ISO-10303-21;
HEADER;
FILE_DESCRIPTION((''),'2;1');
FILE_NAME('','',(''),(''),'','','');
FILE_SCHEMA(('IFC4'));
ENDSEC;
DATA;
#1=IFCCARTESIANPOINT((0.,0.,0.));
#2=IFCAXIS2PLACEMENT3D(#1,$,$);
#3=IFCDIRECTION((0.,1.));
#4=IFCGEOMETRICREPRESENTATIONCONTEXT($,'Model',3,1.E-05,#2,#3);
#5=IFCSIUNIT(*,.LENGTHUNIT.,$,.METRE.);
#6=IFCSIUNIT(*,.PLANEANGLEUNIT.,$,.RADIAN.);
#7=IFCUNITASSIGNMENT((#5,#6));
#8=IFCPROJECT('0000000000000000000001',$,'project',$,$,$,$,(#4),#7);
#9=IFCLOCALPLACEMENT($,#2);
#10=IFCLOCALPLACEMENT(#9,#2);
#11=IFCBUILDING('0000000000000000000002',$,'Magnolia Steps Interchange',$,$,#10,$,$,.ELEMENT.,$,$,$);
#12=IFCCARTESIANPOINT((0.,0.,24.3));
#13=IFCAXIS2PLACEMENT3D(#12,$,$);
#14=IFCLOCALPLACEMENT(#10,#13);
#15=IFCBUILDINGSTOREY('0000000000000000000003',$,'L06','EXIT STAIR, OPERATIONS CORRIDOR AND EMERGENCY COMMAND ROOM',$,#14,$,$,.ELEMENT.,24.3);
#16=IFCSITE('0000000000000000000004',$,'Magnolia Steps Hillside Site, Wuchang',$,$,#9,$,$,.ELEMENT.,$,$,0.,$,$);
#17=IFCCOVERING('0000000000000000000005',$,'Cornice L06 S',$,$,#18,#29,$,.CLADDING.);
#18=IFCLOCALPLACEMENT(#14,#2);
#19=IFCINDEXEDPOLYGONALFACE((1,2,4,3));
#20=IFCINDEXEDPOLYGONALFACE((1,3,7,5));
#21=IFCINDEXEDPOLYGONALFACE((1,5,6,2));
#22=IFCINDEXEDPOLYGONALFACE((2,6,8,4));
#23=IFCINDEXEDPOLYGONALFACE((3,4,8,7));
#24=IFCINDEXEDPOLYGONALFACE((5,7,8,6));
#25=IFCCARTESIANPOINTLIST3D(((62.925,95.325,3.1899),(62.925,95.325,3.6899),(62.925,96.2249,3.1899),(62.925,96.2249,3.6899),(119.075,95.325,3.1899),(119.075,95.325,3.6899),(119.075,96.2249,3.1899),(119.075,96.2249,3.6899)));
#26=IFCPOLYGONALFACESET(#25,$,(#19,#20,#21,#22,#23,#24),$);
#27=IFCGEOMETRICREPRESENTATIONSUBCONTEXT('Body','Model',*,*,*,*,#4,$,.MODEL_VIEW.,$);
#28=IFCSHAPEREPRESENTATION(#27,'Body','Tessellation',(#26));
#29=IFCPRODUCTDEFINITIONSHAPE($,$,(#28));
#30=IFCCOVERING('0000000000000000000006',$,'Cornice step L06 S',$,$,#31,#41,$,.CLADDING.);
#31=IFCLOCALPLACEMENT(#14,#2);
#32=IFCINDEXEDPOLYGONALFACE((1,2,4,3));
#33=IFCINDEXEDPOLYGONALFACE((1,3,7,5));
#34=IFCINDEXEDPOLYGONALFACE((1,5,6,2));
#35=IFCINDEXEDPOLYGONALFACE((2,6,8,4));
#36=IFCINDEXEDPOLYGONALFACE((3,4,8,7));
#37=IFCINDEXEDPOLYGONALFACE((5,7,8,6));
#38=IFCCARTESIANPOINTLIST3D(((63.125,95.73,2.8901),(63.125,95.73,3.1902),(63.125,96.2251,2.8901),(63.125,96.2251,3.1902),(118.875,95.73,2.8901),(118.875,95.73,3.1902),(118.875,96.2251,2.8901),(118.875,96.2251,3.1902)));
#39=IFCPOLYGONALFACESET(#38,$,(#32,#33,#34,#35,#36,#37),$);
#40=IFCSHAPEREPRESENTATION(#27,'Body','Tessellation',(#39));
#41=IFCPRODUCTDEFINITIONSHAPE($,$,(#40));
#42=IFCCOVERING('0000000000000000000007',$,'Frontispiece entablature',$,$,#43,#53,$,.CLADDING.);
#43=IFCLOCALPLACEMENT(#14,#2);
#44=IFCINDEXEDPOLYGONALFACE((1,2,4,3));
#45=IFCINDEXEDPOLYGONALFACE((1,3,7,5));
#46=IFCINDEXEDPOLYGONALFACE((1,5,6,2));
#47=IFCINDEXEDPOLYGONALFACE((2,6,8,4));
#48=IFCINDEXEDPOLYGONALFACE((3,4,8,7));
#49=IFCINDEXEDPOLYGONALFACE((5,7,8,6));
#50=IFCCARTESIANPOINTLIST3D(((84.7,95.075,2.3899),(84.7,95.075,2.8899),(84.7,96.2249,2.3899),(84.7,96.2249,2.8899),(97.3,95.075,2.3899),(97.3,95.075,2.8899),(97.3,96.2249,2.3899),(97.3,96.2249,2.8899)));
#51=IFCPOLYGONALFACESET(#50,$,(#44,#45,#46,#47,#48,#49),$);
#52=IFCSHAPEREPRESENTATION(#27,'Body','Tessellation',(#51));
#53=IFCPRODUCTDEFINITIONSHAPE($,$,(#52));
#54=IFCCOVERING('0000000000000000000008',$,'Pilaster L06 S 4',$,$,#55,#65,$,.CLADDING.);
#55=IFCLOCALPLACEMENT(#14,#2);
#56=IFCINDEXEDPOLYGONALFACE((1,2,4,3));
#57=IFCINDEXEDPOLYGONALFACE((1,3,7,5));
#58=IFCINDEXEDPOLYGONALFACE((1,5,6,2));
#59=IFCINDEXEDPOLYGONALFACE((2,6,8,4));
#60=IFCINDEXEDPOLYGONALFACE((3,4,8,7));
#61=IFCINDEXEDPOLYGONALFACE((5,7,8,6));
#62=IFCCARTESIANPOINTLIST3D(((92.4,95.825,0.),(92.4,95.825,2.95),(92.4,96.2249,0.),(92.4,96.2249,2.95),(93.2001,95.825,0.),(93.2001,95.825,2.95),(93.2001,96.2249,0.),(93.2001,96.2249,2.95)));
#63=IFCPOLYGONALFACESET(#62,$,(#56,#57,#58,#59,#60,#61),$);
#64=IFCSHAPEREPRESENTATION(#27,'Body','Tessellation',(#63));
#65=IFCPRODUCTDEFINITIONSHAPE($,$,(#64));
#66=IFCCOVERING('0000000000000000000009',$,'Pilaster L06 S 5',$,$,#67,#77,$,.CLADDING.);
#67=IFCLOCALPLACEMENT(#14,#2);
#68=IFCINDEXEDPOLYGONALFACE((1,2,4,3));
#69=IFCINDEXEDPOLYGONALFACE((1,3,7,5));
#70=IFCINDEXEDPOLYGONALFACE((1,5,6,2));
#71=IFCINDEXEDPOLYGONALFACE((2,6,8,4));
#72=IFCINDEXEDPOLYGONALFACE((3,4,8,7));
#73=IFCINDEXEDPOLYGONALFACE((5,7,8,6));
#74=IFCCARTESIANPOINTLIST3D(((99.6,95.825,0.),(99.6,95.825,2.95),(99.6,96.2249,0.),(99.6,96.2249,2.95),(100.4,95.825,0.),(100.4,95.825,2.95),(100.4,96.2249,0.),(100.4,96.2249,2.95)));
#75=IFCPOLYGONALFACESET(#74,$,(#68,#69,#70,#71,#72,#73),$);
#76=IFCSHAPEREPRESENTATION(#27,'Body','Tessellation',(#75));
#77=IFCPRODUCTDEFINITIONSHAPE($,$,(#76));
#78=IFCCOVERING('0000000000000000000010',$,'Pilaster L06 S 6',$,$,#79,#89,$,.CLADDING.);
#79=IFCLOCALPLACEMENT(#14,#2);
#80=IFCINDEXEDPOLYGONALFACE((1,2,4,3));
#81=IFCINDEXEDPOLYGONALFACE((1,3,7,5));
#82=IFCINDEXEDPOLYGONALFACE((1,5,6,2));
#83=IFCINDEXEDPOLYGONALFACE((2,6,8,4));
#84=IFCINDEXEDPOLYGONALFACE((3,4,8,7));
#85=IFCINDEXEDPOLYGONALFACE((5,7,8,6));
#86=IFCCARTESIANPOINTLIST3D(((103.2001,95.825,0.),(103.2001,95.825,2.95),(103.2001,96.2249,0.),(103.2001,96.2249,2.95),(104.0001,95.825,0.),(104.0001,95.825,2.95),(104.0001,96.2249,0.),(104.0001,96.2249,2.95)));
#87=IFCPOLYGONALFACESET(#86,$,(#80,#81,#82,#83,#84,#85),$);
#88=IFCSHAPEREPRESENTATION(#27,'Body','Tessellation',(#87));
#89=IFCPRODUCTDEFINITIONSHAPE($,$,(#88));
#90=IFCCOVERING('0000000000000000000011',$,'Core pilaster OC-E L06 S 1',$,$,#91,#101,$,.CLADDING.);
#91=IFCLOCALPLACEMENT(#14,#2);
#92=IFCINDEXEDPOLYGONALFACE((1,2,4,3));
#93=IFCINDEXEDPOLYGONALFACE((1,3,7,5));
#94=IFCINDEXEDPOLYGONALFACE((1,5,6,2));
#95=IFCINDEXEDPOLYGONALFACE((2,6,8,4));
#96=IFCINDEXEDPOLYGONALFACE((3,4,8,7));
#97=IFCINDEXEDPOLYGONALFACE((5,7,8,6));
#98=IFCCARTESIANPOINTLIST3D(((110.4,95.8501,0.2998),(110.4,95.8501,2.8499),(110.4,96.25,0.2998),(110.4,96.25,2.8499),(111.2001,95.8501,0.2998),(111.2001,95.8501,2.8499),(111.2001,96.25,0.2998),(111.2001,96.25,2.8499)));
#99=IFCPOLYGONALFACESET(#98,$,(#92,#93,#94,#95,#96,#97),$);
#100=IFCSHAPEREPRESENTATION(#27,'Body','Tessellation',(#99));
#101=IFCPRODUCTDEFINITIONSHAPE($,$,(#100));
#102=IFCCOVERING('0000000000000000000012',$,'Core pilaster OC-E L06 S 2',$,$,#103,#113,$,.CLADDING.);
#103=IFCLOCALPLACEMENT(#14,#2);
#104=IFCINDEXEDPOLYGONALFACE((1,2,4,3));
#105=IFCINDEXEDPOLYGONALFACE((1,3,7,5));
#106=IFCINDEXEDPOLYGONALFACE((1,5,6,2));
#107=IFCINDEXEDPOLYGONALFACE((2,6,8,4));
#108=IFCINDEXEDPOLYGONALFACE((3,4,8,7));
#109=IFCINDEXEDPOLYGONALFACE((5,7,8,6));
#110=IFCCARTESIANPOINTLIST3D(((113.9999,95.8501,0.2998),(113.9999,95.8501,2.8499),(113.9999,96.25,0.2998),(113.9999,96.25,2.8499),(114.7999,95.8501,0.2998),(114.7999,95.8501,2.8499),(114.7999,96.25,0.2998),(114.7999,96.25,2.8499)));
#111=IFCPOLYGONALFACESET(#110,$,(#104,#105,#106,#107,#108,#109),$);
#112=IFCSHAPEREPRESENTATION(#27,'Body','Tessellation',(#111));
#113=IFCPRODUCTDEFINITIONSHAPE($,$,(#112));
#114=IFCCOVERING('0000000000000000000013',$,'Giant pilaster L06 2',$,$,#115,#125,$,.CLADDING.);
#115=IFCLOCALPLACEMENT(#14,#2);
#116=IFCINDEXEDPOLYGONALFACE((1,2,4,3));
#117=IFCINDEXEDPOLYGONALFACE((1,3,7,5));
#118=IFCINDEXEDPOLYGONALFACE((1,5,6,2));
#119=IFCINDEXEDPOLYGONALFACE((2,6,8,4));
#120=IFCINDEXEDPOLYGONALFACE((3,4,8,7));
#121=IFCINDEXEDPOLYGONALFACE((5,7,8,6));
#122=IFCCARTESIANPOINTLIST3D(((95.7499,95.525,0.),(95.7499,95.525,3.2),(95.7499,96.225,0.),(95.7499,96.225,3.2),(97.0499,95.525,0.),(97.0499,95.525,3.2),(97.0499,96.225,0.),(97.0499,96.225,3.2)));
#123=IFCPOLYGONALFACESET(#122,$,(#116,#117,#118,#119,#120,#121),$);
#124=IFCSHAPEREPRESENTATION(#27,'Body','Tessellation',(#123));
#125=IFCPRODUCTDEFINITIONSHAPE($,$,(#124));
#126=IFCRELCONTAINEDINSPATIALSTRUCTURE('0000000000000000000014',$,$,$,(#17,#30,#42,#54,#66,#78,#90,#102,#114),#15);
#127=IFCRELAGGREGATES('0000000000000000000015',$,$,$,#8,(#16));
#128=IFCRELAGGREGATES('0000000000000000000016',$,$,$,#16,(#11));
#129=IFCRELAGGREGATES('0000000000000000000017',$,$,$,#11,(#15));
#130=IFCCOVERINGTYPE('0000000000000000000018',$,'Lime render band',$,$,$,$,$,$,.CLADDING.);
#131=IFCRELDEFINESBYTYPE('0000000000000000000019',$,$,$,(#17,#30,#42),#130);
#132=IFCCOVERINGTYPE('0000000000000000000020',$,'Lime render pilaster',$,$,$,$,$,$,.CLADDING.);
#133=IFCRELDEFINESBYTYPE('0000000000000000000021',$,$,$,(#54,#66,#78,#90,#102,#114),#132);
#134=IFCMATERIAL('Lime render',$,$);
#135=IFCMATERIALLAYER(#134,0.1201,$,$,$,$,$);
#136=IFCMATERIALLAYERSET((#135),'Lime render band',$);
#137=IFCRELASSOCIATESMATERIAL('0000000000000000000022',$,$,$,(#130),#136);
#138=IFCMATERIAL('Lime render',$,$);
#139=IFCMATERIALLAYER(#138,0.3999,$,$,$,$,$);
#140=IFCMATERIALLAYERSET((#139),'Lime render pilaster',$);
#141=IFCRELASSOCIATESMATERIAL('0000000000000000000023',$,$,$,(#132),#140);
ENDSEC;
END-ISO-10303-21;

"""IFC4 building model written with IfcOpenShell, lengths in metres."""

from ifc_helpers import new_model, si_unit, direction, frame, origin, origin_2d, place, context, subcontext, project, spatial, rectangle, extrude, material, layer, layer_set, type_object, element, save


model = new_model("IFC4")

# Units and contexts
model_context = context("Model", 3, precision=1e-05, world=origin(), true_north=direction((0.0, 1.0)))
body_context = subcontext(model_context, "Body", "Model", "MODEL_VIEW")
ifc_project = project(units=[si_unit("LENGTHUNIT", "METRE"), si_unit("PLANEANGLEUNIT", "RADIAN")], contexts=[model_context])

# Site, building, storey
site_placement = place(None, origin())
site = spatial("IfcSite", under=ifc_project, at=site_placement, Name="Magnolia Steps Hillside Site, Wuchang", CompositionType="ELEMENT", RefElevation=0.0)
building_placement = place(site_placement, origin())
building = spatial("IfcBuilding", under=site, at=building_placement, Name="Magnolia Steps Interchange", CompositionType="ELEMENT")
storey_placement = place(building_placement, frame((0.0, 0.0, 24.3)))
storey = spatial("IfcBuildingStorey", under=building, at=storey_placement, Name="L06", Description="EXIT STAIR, OPERATIONS CORRIDOR AND EMERGENCY COMMAND ROOM", CompositionType="ELEMENT", Elevation=24.3)

# Coverings
ifc_material_1 = material(Name="Lime render")
ifc_layer_1 = layer(ifc_material_1, 0.1201)
ifc_layer_set_1 = layer_set([ifc_layer_1], Name="Lime render band")
covering_type_1 = type_object("IfcCoveringType", Name="Lime render band", PredefinedType="CLADDING", material=ifc_layer_set_1)
covering_1_placement = place(storey_placement, frame((91.0, 95.7749, 3.1899), z_axis=(0.0, 0.0, 1.0), x_axis=(1.0, 0.0, 0.0)))
element("IfcCovering", 1, at=covering_1_placement, inside=storey, type_object=covering_type_1, Name="Cornice L06 S", PredefinedType="CLADDING", context=body_context, shape_type="SweptSolid", body=[
    extrude(rectangle(XDim=56.1499, YDim=0.8999, at=origin_2d()), origin(), (0.0, 0.0, 1.0), 0.5),
])
covering_2_placement = place(storey_placement, frame((91.0, 95.9775, 2.8901), z_axis=(0.0, 0.0, 1.0), x_axis=(1.0, 0.0, 0.0)))
element("IfcCovering", 2, at=covering_2_placement, inside=storey, type_object=covering_type_1, Name="Cornice step L06 S", PredefinedType="CLADDING", context=body_context, shape_type="SweptSolid", body=[
    extrude(rectangle(XDim=55.75, YDim=0.4951, at=origin_2d()), origin(), (0.0, 0.0, 1.0), 0.3),
])
covering_3_placement = place(storey_placement, frame((91.0, 95.6499, 2.3899), z_axis=(0.0, 0.0, 1.0), x_axis=(1.0, 0.0, 0.0)))
element("IfcCovering", 3, at=covering_3_placement, inside=storey, type_object=covering_type_1, Name="Frontispiece entablature", PredefinedType="CLADDING", context=body_context, shape_type="SweptSolid", body=[
    extrude(rectangle(XDim=12.6001, YDim=1.1499, at=origin_2d()), origin(), (0.0, 0.0, 1.0), 0.5),
])
ifc_material_2 = material(Name="Lime render")
ifc_layer_2 = layer(ifc_material_2, 0.3999)
ifc_layer_set_2 = layer_set([ifc_layer_2], Name="Lime render pilaster")
covering_type_2 = type_object("IfcCoveringType", Name="Lime render pilaster", PredefinedType="CLADDING", material=ifc_layer_set_2)
for number, where, z_axis, x_axis, name in (
    (4, (92.8, 96.0249, 0.0), (0.0, 0.0, 1.0), (1.0, 0.0, 0.0), "Pilaster L06 S 4"),
    (5, (100.0, 96.0249, 0.0), (0.0, 0.0, 1.0), (1.0, 0.0, 0.0), "Pilaster L06 S 5"),
    (6, (103.6001, 96.0249, 0.0), (0.0, 0.0, 1.0), (1.0, 0.0, 0.0), "Pilaster L06 S 6"),
):
    element("IfcCovering", number, at=place(storey_placement, frame(where, z_axis=z_axis, x_axis=x_axis)), inside=storey, type_object=covering_type_2, Name=name, PredefinedType="CLADDING", context=body_context, shape_type="SweptSolid", body=[
        extrude(rectangle(XDim=0.8, YDim=0.3999, at=origin_2d()), origin(), (0.0, 0.0, 1.0), 2.95),
    ])
for number, where, z_axis, x_axis, name in (
    (7, (110.8, 96.05, 0.2998), (0.0, 0.0, 1.0), (1.0, 0.0, 0.0), "Core pilaster OC-E L06 S 1"),
    (8, (114.3999, 96.05, 0.2998), (0.0, 0.0, 1.0), (1.0, 0.0, 0.0), "Core pilaster OC-E L06 S 2"),
):
    element("IfcCovering", number, at=place(storey_placement, frame(where, z_axis=z_axis, x_axis=x_axis)), inside=storey, type_object=covering_type_2, Name=name, PredefinedType="CLADDING", context=body_context, shape_type="SweptSolid", body=[
        extrude(rectangle(XDim=0.8, YDim=0.3999, at=origin_2d()), origin(), (0.0, 0.0, 1.0), 2.55),
    ])
covering_4_placement = place(storey_placement, frame((96.3999, 95.875, 0.0), z_axis=(0.0, 0.0, 1.0), x_axis=(1.0, 0.0, 0.0)))
element("IfcCovering", 9, at=covering_4_placement, inside=storey, type_object=covering_type_2, Name="Giant pilaster L06 2", PredefinedType="CLADDING", context=body_context, shape_type="SweptSolid", body=[
    extrude(rectangle(XDim=1.3, YDim=0.7, at=origin_2d()), origin(), (0.0, 0.0, 1.0), 3.2),
])

save(model, "model.ifc")
